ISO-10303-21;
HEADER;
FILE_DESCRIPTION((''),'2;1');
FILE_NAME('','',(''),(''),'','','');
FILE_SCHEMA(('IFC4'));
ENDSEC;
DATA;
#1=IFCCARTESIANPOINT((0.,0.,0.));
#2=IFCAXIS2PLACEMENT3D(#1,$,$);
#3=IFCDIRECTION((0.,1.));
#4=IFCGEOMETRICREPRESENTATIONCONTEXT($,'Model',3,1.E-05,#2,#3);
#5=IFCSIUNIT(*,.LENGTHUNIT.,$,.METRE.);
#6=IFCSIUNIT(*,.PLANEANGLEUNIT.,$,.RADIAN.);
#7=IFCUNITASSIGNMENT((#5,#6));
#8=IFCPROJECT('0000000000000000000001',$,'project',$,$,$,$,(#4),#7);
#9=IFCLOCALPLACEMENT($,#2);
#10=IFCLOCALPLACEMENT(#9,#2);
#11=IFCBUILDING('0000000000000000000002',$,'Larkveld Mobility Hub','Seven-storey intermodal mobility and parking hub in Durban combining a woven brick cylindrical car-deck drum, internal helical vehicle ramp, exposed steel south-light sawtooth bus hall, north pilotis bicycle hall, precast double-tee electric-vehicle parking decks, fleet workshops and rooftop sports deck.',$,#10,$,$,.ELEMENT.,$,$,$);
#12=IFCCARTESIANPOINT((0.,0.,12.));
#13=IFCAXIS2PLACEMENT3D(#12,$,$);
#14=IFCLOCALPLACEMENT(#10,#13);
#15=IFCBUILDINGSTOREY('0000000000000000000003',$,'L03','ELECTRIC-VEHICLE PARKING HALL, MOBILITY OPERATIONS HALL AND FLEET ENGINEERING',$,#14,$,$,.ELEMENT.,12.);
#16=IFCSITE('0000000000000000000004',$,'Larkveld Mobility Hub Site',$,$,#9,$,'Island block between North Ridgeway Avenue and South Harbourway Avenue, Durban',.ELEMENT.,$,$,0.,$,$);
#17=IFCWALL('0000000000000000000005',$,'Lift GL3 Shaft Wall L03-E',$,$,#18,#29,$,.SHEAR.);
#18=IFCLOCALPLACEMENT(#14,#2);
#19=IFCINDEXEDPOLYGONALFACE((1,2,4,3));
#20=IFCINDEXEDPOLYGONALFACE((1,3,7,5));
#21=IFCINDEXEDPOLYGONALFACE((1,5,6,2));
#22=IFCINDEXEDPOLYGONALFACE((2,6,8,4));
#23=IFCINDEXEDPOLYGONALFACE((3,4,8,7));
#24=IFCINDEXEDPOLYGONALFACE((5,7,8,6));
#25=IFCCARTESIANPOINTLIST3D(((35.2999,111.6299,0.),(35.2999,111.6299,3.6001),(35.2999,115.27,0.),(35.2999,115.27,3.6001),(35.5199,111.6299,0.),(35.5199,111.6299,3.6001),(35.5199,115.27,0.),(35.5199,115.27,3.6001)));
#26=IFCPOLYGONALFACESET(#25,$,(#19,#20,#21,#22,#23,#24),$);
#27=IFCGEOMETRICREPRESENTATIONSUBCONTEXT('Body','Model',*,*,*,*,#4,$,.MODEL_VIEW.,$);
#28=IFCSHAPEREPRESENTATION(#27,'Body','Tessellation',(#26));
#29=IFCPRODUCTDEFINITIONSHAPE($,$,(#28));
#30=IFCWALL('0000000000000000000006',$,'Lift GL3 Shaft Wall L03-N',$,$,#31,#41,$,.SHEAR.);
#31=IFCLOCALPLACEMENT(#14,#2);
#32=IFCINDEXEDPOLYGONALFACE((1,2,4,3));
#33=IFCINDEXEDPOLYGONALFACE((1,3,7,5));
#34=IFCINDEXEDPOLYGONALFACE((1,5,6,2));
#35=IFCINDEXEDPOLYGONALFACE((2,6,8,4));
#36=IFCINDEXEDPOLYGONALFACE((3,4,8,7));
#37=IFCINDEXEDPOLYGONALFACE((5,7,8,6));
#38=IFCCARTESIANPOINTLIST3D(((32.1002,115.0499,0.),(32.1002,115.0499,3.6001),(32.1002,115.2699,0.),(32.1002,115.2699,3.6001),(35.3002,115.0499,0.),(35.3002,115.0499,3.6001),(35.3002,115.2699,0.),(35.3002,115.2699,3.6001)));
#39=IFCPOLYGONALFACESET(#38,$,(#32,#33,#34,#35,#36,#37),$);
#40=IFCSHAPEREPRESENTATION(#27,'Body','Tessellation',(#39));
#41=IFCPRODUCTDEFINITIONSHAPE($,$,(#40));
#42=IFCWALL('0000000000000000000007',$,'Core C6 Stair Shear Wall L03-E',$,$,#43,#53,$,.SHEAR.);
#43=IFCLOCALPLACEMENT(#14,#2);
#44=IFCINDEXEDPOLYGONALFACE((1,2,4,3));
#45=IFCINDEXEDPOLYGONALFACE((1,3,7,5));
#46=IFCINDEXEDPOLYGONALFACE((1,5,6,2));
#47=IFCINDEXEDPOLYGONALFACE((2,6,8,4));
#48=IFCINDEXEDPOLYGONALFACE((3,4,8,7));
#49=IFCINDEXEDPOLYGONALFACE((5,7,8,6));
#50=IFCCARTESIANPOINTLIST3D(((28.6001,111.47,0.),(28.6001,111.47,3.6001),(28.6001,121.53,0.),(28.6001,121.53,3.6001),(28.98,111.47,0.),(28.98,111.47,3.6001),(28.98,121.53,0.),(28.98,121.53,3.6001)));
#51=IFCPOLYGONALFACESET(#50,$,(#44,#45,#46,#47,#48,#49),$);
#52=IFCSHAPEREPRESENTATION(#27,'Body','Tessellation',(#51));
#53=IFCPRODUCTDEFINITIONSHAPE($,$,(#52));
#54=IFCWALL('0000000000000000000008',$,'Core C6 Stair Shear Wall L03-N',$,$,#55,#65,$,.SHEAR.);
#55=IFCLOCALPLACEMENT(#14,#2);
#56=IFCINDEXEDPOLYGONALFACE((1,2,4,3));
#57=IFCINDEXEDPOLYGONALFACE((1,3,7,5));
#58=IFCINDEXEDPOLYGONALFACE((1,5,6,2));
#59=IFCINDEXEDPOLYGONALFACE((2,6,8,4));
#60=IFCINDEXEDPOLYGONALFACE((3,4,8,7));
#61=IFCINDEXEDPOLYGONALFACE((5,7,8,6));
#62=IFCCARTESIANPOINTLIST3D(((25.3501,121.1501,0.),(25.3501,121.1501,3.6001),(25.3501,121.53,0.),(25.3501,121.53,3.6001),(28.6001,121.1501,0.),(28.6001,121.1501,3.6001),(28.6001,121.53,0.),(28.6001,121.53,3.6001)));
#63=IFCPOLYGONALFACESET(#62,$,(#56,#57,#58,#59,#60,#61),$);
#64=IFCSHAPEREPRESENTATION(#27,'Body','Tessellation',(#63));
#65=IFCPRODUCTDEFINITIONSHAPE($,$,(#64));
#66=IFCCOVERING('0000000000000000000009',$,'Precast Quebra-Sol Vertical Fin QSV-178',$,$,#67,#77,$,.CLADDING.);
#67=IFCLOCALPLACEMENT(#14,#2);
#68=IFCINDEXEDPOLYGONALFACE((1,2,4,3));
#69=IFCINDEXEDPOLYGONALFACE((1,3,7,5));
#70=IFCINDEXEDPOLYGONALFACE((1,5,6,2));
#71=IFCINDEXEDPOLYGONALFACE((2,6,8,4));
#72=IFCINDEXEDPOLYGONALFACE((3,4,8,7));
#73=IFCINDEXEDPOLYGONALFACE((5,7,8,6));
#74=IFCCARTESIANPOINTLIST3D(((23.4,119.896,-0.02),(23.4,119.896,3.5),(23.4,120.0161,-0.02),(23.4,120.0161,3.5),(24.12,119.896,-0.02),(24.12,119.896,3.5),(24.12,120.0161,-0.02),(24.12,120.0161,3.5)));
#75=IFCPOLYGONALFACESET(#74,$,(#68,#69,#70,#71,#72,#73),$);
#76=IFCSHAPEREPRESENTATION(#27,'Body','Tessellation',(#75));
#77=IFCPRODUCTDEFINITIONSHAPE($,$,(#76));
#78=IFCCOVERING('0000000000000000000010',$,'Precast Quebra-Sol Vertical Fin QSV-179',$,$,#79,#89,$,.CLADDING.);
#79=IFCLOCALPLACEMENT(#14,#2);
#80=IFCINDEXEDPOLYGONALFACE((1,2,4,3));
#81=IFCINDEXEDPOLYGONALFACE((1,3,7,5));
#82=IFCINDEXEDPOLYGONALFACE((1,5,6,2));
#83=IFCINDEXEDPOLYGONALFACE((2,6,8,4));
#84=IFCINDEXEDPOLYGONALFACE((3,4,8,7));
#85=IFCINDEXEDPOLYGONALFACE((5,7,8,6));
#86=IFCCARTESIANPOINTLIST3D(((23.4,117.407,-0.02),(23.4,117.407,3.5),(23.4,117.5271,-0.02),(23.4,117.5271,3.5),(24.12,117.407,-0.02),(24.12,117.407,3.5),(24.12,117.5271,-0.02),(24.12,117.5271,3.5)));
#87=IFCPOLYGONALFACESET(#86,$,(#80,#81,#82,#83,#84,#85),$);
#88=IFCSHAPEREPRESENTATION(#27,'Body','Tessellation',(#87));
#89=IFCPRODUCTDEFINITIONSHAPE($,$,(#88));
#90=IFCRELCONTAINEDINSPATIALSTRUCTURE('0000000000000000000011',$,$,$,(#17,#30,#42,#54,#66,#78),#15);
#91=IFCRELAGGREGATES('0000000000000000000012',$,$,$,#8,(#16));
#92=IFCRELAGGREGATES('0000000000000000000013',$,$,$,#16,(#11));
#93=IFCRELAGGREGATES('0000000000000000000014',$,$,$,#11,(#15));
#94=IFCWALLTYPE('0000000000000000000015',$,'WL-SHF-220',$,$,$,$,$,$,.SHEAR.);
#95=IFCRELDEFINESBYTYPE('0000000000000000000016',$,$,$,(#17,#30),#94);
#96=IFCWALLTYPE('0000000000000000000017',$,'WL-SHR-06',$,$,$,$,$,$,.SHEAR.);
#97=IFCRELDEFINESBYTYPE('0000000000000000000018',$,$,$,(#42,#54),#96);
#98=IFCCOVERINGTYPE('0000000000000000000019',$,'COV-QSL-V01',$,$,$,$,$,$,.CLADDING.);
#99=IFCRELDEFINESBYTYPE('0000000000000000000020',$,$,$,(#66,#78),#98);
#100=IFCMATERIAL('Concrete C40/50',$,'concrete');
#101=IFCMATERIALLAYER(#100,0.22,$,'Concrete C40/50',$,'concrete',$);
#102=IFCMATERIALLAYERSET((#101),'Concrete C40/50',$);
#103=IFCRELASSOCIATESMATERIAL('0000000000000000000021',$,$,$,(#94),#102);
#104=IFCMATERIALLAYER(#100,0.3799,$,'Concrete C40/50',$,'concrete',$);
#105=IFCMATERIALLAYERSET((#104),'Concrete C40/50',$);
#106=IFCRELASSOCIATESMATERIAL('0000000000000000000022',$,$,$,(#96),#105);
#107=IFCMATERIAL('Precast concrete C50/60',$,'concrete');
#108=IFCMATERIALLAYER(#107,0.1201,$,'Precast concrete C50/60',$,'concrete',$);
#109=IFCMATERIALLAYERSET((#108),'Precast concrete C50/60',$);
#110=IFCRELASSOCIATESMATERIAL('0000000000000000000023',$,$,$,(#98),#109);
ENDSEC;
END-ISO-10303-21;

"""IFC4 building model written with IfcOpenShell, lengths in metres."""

from ifc_helpers import new_model, si_unit, direction, frame, frame_2d, origin, origin_2d, place, context, subcontext, project, spatial, rectangle, extrude, material, layer, layer_set, type_object, element, save


model = new_model("IFC4")

# Units and contexts
model_context = context("Model", 3, precision=1e-05, world=origin(), true_north=direction((0.0, 1.0)))
body_context = subcontext(model_context, "Body", "Model", "MODEL_VIEW")
ifc_project = project(units=[si_unit("LENGTHUNIT", "METRE"), si_unit("PLANEANGLEUNIT", "RADIAN")], contexts=[model_context])

# Site, building, storey
site_placement = place(None, origin())
site = spatial("IfcSite", under=ifc_project, at=site_placement, Name="Larkveld Mobility Hub Site", LongName="Island block between North Ridgeway Avenue and South Harbourway Avenue, Durban", CompositionType="ELEMENT", RefElevation=0.0)
building_placement = place(site_placement, origin())
building = spatial("IfcBuilding", under=site, at=building_placement, Name="Larkveld Mobility Hub", Description="Seven-storey intermodal mobility and parking hub in Durban combining a woven brick cylindrical car-deck drum, internal helical vehicle ramp, exposed steel south-light sawtooth bus hall, north pilotis bicycle hall, precast double-tee electric-vehicle parking decks, fleet workshops and rooftop sports deck.", CompositionType="ELEMENT")
storey_placement = place(building_placement, frame((0.0, 0.0, 12.0)))
storey = spatial("IfcBuildingStorey", under=building, at=storey_placement, Name="L03", Description="ELECTRIC-VEHICLE PARKING HALL, MOBILITY OPERATIONS HALL AND FLEET ENGINEERING", CompositionType="ELEMENT", Elevation=12.0)

# Shared definitions
ifc_material_1 = material(Name="Concrete C40/50", Category="concrete")

# Shared definitions
ifc_material_2 = material(Name="Precast concrete C50/60", Category="concrete")

# Walls
ifc_layer_1 = layer(ifc_material_1, 0.22, Name="Concrete C40/50", Category="concrete")
ifc_layer_set_1 = layer_set([ifc_layer_1], Name="Concrete C40/50")
wall_type_1 = type_object("IfcWallType", Name="WL-SHF-220", PredefinedType="SHEAR", material=ifc_layer_set_1)
wall_1_placement = place(storey_placement, frame((35.4099, 115.27, 0.0), z_axis=(0.0, 0.0, 1.0), x_axis=(0.0, -1.0, 0.0)))
element("IfcWall", 1, at=wall_1_placement, inside=storey, type_object=wall_type_1, Name="Lift GL3 Shaft Wall L03-E", PredefinedType="SHEAR", context=body_context, shape_type="SweptSolid", body=[
    extrude(rectangle(XDim=3.6401, YDim=0.22, at=frame_2d((1.8201, 0.0))), origin(), (0.0, 0.0, 1.0), 3.6001),
])
wall_2_placement = place(storey_placement, frame((32.1001, 115.1599, 0.0), z_axis=(0.0, 0.0, 1.0), x_axis=(1.0, 0.0, 0.0)))
element("IfcWall", 2, at=wall_2_placement, inside=storey, type_object=wall_type_1, Name="Lift GL3 Shaft Wall L03-N", PredefinedType="SHEAR", context=body_context, shape_type="SweptSolid", body=[
    extrude(rectangle(XDim=3.2, YDim=0.22, at=frame_2d((1.6001, 0.0))), origin(), (0.0, 0.0, 1.0), 3.6001),
])
ifc_layer_2 = layer(ifc_material_1, 0.3799, Name="Concrete C40/50", Category="concrete")
ifc_layer_set_2 = layer_set([ifc_layer_2], Name="Concrete C40/50")
wall_type_2 = type_object("IfcWallType", Name="WL-SHR-06", PredefinedType="SHEAR", material=ifc_layer_set_2)
wall_3_placement = place(storey_placement, frame((28.79, 121.53, 0.0), z_axis=(0.0, 0.0, 1.0), x_axis=(0.0, -1.0, 0.0)))
element("IfcWall", 3, at=wall_3_placement, inside=storey, type_object=wall_type_2, Name="Core C6 Stair Shear Wall L03-E", PredefinedType="SHEAR", context=body_context, shape_type="SweptSolid", body=[
    extrude(rectangle(XDim=10.0601, YDim=0.3799, at=frame_2d((5.03, 0.0))), origin(), (0.0, 0.0, 1.0), 3.6001),
])
wall_4_placement = place(storey_placement, frame((25.3501, 121.3401, 0.0), z_axis=(0.0, 0.0, 1.0), x_axis=(1.0, 0.0, 0.0)))
element("IfcWall", 4, at=wall_4_placement, inside=storey, type_object=wall_type_2, Name="Core C6 Stair Shear Wall L03-N", PredefinedType="SHEAR", context=body_context, shape_type="SweptSolid", body=[
    extrude(rectangle(XDim=3.25, YDim=0.3799, at=frame_2d((1.625, 0.0))), origin(), (0.0, 0.0, 1.0), 3.6001),
])

# Coverings
ifc_layer_3 = layer(ifc_material_2, 0.1201, Name="Precast concrete C50/60", Category="concrete")
ifc_layer_set_3 = layer_set([ifc_layer_3], Name="Precast concrete C50/60")
covering_type = type_object("IfcCoveringType", Name="COV-QSL-V01", PredefinedType="CLADDING", material=ifc_layer_set_3)
for number, where, z_axis, x_axis, name in (
    (5, (23.76, 119.9561, -0.02), (0.0, 0.0, 1.0), (0.0, -1.0, 0.0), "Precast Quebra-Sol Vertical Fin QSV-178"),
    (6, (23.76, 117.467, -0.02), (0.0, 0.0, 1.0), (0.0, -1.0, 0.0), "Precast Quebra-Sol Vertical Fin QSV-179"),
):
    element("IfcCovering", number, at=place(storey_placement, frame(where, z_axis=z_axis, x_axis=x_axis)), inside=storey, type_object=covering_type, Name=name, PredefinedType="CLADDING", context=body_context, shape_type="SweptSolid", body=[
        extrude(rectangle(XDim=0.1201, YDim=0.72, at=origin_2d()), origin(), (0.0, 0.0, 1.0), 3.52),
    ])

save(model, "model.ifc")
